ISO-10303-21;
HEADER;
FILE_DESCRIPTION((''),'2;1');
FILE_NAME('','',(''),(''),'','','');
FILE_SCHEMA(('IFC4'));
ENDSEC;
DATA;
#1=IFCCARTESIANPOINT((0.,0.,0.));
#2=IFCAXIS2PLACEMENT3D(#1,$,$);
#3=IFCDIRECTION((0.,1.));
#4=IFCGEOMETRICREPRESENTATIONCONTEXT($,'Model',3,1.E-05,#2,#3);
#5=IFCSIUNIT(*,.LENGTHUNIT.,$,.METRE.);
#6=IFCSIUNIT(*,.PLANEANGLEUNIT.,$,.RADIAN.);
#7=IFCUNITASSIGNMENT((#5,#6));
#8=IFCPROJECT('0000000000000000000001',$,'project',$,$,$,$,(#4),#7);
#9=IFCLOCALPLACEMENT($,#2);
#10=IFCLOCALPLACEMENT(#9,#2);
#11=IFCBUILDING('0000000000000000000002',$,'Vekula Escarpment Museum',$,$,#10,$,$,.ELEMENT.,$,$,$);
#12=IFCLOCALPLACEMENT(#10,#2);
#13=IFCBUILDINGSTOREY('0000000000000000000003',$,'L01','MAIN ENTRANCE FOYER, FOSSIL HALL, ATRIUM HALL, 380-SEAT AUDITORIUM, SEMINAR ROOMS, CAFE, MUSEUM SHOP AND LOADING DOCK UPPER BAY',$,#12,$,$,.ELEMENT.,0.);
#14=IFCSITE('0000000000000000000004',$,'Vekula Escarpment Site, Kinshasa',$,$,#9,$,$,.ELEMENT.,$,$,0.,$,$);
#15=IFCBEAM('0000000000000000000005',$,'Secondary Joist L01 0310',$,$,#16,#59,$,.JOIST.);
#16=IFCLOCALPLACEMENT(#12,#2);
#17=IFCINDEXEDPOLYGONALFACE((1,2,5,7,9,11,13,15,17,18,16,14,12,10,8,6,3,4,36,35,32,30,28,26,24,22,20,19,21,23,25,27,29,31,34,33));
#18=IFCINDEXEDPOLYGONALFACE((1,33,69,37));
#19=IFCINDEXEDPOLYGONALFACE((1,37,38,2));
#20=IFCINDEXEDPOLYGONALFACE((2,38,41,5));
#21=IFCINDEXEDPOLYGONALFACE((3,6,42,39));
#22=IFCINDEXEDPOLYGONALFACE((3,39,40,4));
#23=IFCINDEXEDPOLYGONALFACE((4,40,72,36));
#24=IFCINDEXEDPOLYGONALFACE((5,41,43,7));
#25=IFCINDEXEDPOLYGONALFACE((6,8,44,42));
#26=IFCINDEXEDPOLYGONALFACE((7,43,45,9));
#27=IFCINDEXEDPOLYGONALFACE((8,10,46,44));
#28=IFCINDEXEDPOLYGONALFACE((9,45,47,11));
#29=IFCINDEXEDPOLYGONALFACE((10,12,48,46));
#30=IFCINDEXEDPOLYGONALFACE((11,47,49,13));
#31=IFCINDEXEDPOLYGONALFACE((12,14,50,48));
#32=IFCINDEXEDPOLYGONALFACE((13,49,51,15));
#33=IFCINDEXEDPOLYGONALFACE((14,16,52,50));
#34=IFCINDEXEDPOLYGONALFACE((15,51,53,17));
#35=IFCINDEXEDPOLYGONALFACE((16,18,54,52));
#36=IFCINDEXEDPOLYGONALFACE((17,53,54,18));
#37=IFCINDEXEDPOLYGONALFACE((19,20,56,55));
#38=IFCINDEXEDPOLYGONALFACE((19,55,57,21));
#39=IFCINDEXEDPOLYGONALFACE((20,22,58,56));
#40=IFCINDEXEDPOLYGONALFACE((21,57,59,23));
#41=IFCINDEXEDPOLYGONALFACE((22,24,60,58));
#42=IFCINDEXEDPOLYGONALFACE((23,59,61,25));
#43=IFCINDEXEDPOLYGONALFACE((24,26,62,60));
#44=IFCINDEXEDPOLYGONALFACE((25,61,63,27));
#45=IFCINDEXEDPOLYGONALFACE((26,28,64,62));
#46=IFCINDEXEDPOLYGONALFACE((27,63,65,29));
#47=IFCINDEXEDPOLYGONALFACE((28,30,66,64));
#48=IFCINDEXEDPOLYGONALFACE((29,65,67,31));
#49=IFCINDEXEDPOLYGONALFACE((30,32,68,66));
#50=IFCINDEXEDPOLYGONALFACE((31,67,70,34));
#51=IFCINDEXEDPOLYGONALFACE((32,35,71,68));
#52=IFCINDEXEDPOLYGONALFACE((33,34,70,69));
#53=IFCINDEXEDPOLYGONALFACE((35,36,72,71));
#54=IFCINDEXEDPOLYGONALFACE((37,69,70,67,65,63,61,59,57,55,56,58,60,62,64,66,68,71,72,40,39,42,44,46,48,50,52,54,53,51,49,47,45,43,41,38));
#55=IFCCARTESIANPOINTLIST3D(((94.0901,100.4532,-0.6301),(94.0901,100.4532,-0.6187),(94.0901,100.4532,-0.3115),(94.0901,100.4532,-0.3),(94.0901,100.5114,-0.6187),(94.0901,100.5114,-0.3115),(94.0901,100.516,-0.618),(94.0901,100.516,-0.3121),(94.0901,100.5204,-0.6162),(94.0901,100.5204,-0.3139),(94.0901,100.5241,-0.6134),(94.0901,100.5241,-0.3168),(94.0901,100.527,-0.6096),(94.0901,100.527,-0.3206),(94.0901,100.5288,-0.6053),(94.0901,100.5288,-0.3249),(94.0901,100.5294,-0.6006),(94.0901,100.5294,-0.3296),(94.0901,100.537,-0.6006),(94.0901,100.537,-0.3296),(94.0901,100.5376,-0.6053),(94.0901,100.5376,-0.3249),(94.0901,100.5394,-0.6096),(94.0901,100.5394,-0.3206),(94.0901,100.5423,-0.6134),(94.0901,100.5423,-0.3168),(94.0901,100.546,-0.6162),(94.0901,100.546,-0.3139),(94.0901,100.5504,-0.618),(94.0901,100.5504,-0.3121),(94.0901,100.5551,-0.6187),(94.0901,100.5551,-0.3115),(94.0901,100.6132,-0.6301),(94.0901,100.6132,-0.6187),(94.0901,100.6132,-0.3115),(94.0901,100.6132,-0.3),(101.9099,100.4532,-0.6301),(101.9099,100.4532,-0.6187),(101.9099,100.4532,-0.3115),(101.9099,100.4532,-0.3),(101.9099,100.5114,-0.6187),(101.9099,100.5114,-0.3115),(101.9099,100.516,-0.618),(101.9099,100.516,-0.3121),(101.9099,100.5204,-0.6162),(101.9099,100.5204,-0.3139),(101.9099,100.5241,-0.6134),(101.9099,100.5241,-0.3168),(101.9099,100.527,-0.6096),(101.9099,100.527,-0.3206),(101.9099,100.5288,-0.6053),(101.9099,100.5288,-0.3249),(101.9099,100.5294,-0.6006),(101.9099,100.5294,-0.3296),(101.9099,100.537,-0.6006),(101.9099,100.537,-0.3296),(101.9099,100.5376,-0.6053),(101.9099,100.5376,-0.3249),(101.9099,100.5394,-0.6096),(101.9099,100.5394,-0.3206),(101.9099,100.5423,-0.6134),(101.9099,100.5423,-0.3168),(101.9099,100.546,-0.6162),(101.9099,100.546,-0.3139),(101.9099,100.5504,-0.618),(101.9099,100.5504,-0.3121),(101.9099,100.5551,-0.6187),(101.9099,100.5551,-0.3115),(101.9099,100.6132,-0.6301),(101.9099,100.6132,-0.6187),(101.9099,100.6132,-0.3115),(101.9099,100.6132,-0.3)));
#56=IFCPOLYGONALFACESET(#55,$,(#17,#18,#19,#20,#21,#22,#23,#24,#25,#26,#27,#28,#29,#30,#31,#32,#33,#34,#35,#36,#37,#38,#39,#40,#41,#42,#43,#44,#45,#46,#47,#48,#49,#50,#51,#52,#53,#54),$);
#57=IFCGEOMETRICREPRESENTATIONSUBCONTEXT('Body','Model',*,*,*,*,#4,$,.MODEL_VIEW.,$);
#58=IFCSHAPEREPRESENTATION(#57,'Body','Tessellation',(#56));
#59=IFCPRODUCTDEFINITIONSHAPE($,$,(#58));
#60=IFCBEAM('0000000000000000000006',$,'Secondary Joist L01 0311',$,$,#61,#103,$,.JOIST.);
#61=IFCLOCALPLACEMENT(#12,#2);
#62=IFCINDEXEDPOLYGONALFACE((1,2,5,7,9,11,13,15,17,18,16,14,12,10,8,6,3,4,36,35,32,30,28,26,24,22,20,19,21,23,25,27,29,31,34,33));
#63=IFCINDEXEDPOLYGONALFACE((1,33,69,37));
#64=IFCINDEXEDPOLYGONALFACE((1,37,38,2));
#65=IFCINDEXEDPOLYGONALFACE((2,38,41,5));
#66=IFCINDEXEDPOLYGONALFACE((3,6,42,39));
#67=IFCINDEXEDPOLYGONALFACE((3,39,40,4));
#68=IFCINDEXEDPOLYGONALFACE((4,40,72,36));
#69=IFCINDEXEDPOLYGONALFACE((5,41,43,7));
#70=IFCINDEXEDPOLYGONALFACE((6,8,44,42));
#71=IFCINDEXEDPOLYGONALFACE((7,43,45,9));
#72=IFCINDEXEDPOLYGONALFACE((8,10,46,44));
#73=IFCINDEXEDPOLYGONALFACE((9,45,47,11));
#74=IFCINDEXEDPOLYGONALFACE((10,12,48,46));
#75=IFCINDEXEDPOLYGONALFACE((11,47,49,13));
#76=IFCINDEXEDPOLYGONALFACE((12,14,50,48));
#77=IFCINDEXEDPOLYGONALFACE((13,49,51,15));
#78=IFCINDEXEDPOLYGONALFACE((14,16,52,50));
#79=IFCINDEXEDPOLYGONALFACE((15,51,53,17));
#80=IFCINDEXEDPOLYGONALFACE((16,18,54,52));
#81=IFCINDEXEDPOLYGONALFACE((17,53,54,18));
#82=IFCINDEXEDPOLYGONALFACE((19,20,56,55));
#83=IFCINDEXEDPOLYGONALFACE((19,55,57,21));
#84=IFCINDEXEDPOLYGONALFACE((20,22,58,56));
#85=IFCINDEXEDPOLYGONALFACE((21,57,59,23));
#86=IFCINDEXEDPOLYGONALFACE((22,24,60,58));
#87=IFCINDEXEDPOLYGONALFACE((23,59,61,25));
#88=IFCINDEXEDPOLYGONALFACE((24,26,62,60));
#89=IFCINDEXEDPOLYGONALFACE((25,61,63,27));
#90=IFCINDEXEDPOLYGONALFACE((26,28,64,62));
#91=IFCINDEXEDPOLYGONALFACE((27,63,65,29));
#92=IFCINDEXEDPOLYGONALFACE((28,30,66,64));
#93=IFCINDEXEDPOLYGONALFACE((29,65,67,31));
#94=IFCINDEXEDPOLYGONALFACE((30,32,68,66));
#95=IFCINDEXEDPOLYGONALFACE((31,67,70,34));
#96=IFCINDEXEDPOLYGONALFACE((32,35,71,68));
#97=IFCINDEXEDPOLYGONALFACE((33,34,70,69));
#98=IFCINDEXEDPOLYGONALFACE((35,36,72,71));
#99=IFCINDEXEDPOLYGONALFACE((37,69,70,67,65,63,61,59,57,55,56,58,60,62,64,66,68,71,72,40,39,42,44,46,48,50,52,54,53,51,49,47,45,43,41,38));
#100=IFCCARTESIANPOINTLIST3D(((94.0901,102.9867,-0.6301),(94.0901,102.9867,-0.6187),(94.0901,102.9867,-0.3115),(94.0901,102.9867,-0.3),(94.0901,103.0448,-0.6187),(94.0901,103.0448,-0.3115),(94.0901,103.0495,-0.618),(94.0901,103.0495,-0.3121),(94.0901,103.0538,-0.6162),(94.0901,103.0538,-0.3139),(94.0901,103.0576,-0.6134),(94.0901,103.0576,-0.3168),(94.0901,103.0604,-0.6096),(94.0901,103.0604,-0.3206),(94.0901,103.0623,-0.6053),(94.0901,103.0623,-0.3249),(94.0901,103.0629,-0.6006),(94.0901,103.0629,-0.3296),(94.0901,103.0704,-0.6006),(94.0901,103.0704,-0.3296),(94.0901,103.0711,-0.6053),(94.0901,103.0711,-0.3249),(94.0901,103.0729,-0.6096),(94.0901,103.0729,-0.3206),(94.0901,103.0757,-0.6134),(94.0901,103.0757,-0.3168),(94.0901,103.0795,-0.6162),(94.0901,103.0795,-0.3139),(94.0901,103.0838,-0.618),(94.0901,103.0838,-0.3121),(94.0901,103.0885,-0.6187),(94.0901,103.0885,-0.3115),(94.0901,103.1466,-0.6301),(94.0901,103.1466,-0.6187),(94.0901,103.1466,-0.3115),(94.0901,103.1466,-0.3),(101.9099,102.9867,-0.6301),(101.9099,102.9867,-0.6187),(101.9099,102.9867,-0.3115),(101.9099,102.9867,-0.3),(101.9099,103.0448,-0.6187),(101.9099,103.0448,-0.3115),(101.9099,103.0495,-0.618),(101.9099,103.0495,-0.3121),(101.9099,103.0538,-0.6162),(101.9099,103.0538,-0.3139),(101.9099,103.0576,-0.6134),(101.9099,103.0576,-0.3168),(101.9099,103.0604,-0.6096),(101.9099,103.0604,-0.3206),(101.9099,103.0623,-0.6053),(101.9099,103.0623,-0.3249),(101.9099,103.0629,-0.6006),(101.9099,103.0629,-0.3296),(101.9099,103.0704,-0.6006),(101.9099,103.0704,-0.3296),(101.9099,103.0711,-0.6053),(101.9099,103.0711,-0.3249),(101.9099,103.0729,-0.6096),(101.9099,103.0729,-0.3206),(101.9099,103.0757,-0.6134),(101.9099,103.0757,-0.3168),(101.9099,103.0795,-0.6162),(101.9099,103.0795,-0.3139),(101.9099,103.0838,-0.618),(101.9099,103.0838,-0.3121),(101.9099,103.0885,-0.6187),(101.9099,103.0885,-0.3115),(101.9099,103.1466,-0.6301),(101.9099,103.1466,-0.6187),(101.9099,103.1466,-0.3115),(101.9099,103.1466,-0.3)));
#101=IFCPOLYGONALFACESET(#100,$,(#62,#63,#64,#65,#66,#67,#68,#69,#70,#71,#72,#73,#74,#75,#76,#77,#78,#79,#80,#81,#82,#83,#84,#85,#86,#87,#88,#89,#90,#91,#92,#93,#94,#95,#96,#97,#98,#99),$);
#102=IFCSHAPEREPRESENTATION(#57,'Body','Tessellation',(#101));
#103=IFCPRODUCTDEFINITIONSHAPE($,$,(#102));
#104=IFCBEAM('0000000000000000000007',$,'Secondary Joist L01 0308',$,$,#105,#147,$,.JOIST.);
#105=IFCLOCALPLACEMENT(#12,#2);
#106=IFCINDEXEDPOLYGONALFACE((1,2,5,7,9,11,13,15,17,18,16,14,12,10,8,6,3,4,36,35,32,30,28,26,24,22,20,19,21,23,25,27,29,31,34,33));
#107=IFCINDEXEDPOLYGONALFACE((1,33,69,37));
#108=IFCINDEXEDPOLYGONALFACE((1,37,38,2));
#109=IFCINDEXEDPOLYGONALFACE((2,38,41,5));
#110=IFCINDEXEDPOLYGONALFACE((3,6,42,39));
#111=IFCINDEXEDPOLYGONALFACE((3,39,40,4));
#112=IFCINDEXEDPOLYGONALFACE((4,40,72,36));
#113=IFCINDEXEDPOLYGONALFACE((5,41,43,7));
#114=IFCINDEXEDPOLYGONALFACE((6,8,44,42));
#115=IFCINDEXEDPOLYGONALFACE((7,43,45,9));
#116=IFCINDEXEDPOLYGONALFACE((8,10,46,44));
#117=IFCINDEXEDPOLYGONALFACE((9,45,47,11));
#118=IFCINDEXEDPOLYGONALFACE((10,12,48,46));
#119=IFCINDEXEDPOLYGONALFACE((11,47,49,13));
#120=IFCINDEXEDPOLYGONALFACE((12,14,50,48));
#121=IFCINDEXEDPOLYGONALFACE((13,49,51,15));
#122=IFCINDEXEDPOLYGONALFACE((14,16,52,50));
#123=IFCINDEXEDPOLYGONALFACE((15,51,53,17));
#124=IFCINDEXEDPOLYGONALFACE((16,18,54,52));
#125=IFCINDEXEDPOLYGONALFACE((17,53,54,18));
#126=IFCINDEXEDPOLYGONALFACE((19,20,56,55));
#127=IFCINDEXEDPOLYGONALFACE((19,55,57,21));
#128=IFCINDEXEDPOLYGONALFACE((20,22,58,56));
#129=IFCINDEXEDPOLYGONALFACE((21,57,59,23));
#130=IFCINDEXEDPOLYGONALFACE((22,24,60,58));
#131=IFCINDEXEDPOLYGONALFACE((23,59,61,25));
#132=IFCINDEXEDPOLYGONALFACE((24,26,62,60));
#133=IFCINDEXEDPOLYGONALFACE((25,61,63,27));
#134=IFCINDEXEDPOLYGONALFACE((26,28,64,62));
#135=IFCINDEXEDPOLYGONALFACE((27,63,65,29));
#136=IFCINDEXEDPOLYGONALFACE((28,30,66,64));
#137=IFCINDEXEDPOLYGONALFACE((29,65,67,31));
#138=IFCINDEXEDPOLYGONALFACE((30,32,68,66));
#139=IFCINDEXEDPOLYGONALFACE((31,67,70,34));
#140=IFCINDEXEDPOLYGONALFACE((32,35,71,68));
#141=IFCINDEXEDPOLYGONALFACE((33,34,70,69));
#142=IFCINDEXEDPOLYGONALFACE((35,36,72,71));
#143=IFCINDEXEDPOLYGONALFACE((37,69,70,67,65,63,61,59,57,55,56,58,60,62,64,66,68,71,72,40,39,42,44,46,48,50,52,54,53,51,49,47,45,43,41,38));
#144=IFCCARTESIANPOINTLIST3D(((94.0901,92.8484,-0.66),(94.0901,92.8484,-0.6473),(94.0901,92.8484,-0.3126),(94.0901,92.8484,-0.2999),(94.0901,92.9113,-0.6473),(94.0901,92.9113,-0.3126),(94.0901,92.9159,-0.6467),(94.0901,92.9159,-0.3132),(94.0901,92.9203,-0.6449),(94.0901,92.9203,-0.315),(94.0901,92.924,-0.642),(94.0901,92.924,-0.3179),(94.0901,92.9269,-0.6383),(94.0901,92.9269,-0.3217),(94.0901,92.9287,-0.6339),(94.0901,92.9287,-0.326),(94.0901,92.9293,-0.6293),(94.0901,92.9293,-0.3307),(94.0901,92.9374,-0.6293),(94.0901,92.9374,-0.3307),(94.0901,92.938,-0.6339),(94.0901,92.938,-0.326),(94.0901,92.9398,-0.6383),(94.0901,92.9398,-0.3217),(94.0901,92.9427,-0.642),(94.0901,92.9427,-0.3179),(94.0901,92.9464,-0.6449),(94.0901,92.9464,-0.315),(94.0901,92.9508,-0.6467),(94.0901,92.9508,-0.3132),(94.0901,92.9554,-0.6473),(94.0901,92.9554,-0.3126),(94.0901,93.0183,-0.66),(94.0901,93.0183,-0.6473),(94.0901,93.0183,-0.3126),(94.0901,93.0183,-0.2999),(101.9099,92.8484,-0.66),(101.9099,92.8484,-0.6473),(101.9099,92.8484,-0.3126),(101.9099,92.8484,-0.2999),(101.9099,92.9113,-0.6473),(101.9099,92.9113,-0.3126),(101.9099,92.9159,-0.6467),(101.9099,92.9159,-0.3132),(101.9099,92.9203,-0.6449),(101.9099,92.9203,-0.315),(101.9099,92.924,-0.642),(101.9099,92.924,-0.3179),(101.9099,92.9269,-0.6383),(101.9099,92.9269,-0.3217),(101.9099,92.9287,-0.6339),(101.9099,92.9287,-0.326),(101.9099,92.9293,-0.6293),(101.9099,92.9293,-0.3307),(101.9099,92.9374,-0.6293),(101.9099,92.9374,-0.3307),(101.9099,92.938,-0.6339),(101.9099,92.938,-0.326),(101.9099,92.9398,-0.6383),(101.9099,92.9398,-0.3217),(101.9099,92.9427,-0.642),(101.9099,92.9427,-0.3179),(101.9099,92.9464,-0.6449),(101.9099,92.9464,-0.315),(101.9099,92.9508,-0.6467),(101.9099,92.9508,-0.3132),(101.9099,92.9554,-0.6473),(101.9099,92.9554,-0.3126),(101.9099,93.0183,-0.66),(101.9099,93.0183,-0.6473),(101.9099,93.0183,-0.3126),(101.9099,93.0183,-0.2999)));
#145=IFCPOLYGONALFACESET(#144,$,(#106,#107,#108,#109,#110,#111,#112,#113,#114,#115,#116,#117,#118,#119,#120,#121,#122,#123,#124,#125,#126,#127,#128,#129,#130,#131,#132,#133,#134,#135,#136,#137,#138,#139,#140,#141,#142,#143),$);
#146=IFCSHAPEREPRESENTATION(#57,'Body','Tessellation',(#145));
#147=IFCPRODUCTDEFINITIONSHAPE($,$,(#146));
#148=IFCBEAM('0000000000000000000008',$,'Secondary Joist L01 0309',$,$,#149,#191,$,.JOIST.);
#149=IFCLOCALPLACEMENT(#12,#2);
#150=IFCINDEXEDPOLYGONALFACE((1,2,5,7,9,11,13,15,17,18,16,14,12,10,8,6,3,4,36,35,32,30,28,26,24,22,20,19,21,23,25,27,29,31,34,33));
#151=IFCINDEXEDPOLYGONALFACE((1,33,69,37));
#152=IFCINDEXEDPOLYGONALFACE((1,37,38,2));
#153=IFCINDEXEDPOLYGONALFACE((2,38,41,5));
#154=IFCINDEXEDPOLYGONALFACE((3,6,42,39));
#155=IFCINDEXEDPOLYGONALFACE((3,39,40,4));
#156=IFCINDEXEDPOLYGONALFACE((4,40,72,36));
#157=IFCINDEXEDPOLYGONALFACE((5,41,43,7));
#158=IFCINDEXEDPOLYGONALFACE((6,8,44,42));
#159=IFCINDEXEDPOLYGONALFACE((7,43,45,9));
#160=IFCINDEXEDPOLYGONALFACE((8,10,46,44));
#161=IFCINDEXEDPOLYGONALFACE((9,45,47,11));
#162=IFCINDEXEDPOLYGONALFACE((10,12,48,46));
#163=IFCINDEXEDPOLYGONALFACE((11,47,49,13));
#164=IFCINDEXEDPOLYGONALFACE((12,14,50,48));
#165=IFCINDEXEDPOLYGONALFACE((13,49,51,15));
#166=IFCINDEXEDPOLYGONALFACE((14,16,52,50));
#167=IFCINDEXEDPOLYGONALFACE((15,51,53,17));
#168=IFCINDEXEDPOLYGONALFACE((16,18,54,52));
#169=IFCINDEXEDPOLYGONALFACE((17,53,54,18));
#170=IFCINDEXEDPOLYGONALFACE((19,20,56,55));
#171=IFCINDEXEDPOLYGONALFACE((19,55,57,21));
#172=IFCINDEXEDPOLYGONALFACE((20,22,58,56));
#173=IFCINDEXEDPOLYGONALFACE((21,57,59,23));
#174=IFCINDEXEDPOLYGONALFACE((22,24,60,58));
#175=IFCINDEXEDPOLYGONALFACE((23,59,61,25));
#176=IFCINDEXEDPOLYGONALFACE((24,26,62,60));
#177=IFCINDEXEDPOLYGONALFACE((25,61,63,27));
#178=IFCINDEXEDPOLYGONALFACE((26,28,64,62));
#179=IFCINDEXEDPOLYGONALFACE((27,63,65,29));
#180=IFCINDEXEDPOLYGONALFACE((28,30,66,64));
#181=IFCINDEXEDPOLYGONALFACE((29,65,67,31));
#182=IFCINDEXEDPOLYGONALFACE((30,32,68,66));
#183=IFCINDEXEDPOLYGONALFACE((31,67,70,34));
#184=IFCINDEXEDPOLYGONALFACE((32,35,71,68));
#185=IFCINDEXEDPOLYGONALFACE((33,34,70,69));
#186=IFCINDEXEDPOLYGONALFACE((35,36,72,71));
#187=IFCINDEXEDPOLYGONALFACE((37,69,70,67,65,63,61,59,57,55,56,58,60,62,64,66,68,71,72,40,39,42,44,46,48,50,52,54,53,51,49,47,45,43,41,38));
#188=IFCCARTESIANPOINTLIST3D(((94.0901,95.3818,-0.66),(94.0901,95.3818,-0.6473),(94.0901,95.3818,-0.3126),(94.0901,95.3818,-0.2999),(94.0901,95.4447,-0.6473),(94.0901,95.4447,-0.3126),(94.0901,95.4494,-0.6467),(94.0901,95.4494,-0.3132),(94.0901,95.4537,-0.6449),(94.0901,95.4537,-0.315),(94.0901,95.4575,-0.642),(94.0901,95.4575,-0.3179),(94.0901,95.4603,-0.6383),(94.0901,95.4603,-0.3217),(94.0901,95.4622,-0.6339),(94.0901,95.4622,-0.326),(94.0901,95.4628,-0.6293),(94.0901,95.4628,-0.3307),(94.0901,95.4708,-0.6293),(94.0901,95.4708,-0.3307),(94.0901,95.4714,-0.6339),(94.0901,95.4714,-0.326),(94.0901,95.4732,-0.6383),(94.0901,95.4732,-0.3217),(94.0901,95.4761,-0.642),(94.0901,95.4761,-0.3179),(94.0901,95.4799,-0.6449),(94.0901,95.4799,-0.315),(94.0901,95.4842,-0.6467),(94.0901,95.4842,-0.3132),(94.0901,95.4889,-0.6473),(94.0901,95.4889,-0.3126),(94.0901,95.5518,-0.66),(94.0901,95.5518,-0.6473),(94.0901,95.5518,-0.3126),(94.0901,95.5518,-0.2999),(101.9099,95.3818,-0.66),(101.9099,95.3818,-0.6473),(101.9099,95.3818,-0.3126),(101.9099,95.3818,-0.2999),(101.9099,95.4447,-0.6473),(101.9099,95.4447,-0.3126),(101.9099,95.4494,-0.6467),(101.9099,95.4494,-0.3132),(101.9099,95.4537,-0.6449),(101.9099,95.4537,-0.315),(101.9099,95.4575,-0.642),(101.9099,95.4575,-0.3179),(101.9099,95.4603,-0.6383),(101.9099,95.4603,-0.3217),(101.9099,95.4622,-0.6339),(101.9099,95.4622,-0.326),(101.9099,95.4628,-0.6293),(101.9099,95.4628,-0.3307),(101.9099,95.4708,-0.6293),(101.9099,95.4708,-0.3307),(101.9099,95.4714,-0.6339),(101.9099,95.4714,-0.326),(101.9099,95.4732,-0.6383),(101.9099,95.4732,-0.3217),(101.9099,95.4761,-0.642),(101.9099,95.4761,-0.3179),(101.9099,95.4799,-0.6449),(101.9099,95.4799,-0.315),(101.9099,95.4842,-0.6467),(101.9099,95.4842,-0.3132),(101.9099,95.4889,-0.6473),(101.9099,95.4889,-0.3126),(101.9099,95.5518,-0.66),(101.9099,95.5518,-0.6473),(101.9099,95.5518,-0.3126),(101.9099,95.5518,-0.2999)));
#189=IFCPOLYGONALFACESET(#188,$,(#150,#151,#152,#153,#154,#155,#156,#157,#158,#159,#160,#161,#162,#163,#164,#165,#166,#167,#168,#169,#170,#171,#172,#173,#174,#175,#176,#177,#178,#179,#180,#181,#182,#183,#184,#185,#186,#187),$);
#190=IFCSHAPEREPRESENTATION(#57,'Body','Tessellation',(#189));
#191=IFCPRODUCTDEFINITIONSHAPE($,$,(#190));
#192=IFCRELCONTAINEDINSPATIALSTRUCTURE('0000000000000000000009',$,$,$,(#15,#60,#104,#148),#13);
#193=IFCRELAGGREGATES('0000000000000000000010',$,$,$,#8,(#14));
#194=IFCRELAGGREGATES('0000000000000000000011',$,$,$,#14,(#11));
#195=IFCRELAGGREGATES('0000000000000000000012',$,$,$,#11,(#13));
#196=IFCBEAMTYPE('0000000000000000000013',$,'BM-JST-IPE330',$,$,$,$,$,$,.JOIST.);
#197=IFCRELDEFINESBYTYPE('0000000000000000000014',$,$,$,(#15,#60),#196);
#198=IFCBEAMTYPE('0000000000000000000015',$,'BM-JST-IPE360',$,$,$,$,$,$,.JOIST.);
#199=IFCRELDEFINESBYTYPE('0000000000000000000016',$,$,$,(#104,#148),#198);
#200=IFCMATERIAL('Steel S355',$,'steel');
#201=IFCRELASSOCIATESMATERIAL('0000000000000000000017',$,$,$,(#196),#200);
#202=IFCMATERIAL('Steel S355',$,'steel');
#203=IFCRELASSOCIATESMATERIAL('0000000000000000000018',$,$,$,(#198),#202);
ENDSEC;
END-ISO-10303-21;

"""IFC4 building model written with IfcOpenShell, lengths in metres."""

from ifc_helpers import new_model, si_unit, direction, frame, origin, origin_2d, place, context, subcontext, project, spatial, i_section, extrude, material, material_profile, profile_set, type_object, element, save


model = new_model("IFC4")

# Units and contexts
model_context = context("Model", 3, precision=1e-05, world=origin(), true_north=direction((0.0, 1.0)))
body_context = subcontext(model_context, "Body", "Model", "MODEL_VIEW")
ifc_project = project(units=[si_unit("LENGTHUNIT", "METRE"), si_unit("PLANEANGLEUNIT", "RADIAN")], contexts=[model_context])

# Site, building, storey
site_placement = place(None, origin())
site = spatial("IfcSite", under=ifc_project, at=site_placement, Name="Vekula Escarpment Site, Kinshasa", CompositionType="ELEMENT", RefElevation=0.0)
building_placement = place(site_placement, origin())
building = spatial("IfcBuilding", under=site, at=building_placement, Name="Vekula Escarpment Museum", CompositionType="ELEMENT")
storey_placement = place(building_placement, origin())
storey = spatial("IfcBuildingStorey", under=building, at=storey_placement, Name="L01", Description="MAIN ENTRANCE FOYER, FOSSIL HALL, ATRIUM HALL, 380-SEAT AUDITORIUM, SEMINAR ROOMS, CAFE, MUSEUM SHOP AND LOADING DOCK UPPER BAY", CompositionType="ELEMENT", Elevation=0.0)

# Beams
ifc_material_1 = material(Name="Steel S355", Category="steel")
ifc_material_profile_1 = material_profile(ifc_material_1, i_section(OverallWidth=0.1599, OverallDepth=0.3301, WebThickness=0.0076, FlangeThickness=0.0115, FilletRadius=0.0181, at=origin_2d()), Name="IPE 330")
ifc_profile_set_1 = profile_set([ifc_material_profile_1], Name="Steel S355")
beam_type_1 = type_object("IfcBeamType", Name="BM-JST-IPE330", PredefinedType="JOIST", material=ifc_profile_set_1)
for number, where, z_axis, x_axis, name in (
    (1, (94.0901, 100.5332, -0.4651), (1.0, 0.0, 0.0), (0.0, 1.0, 0.0), "Secondary Joist L01 0310"),
    (2, (94.0901, 103.0667, -0.4651), (1.0, 0.0, 0.0), (0.0, 1.0, 0.0), "Secondary Joist L01 0311"),
):
    element("IfcBeam", number, at=place(storey_placement, frame(where, z_axis=z_axis, x_axis=x_axis)), inside=storey, type_object=beam_type_1, Name=name, PredefinedType="JOIST", context=body_context, shape_type="SweptSolid", body=[
        extrude(i_section(OverallWidth=0.1599, OverallDepth=0.3301, WebThickness=0.0076, FlangeThickness=0.0115, FilletRadius=0.0181, at=origin_2d()), origin(), (0.0, 0.0, 1.0), 7.8198),
    ])
ifc_material_2 = material(Name="Steel S355", Category="steel")
ifc_material_profile_2 = material_profile(ifc_material_2, i_section(OverallWidth=0.1699, OverallDepth=0.3601, WebThickness=0.0081, FlangeThickness=0.0127, FilletRadius=0.0181, at=origin_2d()), Name="IPE 360")
ifc_profile_set_2 = profile_set([ifc_material_profile_2], Name="Steel S355")
beam_type_2 = type_object("IfcBeamType", Name="BM-JST-IPE360", PredefinedType="JOIST", material=ifc_profile_set_2)
for number, where, z_axis, x_axis, name in (
    (3, (94.0901, 92.9333, -0.48), (1.0, 0.0, 0.0), (0.0, 1.0, 0.0), "Secondary Joist L01 0308"),
    (4, (94.0901, 95.4668, -0.48), (1.0, 0.0, 0.0), (0.0, 1.0, 0.0), "Secondary Joist L01 0309"),
):
    element("IfcBeam", number, at=place(storey_placement, frame(where, z_axis=z_axis, x_axis=x_axis)), inside=storey, type_object=beam_type_2, Name=name, PredefinedType="JOIST", context=body_context, shape_type="SweptSolid", body=[
        extrude(i_section(OverallWidth=0.1699, OverallDepth=0.3601, WebThickness=0.0081, FlangeThickness=0.0127, FilletRadius=0.0181, at=origin_2d()), origin(), (0.0, 0.0, 1.0), 7.8198),
    ])

save(model, "model.ifc")
